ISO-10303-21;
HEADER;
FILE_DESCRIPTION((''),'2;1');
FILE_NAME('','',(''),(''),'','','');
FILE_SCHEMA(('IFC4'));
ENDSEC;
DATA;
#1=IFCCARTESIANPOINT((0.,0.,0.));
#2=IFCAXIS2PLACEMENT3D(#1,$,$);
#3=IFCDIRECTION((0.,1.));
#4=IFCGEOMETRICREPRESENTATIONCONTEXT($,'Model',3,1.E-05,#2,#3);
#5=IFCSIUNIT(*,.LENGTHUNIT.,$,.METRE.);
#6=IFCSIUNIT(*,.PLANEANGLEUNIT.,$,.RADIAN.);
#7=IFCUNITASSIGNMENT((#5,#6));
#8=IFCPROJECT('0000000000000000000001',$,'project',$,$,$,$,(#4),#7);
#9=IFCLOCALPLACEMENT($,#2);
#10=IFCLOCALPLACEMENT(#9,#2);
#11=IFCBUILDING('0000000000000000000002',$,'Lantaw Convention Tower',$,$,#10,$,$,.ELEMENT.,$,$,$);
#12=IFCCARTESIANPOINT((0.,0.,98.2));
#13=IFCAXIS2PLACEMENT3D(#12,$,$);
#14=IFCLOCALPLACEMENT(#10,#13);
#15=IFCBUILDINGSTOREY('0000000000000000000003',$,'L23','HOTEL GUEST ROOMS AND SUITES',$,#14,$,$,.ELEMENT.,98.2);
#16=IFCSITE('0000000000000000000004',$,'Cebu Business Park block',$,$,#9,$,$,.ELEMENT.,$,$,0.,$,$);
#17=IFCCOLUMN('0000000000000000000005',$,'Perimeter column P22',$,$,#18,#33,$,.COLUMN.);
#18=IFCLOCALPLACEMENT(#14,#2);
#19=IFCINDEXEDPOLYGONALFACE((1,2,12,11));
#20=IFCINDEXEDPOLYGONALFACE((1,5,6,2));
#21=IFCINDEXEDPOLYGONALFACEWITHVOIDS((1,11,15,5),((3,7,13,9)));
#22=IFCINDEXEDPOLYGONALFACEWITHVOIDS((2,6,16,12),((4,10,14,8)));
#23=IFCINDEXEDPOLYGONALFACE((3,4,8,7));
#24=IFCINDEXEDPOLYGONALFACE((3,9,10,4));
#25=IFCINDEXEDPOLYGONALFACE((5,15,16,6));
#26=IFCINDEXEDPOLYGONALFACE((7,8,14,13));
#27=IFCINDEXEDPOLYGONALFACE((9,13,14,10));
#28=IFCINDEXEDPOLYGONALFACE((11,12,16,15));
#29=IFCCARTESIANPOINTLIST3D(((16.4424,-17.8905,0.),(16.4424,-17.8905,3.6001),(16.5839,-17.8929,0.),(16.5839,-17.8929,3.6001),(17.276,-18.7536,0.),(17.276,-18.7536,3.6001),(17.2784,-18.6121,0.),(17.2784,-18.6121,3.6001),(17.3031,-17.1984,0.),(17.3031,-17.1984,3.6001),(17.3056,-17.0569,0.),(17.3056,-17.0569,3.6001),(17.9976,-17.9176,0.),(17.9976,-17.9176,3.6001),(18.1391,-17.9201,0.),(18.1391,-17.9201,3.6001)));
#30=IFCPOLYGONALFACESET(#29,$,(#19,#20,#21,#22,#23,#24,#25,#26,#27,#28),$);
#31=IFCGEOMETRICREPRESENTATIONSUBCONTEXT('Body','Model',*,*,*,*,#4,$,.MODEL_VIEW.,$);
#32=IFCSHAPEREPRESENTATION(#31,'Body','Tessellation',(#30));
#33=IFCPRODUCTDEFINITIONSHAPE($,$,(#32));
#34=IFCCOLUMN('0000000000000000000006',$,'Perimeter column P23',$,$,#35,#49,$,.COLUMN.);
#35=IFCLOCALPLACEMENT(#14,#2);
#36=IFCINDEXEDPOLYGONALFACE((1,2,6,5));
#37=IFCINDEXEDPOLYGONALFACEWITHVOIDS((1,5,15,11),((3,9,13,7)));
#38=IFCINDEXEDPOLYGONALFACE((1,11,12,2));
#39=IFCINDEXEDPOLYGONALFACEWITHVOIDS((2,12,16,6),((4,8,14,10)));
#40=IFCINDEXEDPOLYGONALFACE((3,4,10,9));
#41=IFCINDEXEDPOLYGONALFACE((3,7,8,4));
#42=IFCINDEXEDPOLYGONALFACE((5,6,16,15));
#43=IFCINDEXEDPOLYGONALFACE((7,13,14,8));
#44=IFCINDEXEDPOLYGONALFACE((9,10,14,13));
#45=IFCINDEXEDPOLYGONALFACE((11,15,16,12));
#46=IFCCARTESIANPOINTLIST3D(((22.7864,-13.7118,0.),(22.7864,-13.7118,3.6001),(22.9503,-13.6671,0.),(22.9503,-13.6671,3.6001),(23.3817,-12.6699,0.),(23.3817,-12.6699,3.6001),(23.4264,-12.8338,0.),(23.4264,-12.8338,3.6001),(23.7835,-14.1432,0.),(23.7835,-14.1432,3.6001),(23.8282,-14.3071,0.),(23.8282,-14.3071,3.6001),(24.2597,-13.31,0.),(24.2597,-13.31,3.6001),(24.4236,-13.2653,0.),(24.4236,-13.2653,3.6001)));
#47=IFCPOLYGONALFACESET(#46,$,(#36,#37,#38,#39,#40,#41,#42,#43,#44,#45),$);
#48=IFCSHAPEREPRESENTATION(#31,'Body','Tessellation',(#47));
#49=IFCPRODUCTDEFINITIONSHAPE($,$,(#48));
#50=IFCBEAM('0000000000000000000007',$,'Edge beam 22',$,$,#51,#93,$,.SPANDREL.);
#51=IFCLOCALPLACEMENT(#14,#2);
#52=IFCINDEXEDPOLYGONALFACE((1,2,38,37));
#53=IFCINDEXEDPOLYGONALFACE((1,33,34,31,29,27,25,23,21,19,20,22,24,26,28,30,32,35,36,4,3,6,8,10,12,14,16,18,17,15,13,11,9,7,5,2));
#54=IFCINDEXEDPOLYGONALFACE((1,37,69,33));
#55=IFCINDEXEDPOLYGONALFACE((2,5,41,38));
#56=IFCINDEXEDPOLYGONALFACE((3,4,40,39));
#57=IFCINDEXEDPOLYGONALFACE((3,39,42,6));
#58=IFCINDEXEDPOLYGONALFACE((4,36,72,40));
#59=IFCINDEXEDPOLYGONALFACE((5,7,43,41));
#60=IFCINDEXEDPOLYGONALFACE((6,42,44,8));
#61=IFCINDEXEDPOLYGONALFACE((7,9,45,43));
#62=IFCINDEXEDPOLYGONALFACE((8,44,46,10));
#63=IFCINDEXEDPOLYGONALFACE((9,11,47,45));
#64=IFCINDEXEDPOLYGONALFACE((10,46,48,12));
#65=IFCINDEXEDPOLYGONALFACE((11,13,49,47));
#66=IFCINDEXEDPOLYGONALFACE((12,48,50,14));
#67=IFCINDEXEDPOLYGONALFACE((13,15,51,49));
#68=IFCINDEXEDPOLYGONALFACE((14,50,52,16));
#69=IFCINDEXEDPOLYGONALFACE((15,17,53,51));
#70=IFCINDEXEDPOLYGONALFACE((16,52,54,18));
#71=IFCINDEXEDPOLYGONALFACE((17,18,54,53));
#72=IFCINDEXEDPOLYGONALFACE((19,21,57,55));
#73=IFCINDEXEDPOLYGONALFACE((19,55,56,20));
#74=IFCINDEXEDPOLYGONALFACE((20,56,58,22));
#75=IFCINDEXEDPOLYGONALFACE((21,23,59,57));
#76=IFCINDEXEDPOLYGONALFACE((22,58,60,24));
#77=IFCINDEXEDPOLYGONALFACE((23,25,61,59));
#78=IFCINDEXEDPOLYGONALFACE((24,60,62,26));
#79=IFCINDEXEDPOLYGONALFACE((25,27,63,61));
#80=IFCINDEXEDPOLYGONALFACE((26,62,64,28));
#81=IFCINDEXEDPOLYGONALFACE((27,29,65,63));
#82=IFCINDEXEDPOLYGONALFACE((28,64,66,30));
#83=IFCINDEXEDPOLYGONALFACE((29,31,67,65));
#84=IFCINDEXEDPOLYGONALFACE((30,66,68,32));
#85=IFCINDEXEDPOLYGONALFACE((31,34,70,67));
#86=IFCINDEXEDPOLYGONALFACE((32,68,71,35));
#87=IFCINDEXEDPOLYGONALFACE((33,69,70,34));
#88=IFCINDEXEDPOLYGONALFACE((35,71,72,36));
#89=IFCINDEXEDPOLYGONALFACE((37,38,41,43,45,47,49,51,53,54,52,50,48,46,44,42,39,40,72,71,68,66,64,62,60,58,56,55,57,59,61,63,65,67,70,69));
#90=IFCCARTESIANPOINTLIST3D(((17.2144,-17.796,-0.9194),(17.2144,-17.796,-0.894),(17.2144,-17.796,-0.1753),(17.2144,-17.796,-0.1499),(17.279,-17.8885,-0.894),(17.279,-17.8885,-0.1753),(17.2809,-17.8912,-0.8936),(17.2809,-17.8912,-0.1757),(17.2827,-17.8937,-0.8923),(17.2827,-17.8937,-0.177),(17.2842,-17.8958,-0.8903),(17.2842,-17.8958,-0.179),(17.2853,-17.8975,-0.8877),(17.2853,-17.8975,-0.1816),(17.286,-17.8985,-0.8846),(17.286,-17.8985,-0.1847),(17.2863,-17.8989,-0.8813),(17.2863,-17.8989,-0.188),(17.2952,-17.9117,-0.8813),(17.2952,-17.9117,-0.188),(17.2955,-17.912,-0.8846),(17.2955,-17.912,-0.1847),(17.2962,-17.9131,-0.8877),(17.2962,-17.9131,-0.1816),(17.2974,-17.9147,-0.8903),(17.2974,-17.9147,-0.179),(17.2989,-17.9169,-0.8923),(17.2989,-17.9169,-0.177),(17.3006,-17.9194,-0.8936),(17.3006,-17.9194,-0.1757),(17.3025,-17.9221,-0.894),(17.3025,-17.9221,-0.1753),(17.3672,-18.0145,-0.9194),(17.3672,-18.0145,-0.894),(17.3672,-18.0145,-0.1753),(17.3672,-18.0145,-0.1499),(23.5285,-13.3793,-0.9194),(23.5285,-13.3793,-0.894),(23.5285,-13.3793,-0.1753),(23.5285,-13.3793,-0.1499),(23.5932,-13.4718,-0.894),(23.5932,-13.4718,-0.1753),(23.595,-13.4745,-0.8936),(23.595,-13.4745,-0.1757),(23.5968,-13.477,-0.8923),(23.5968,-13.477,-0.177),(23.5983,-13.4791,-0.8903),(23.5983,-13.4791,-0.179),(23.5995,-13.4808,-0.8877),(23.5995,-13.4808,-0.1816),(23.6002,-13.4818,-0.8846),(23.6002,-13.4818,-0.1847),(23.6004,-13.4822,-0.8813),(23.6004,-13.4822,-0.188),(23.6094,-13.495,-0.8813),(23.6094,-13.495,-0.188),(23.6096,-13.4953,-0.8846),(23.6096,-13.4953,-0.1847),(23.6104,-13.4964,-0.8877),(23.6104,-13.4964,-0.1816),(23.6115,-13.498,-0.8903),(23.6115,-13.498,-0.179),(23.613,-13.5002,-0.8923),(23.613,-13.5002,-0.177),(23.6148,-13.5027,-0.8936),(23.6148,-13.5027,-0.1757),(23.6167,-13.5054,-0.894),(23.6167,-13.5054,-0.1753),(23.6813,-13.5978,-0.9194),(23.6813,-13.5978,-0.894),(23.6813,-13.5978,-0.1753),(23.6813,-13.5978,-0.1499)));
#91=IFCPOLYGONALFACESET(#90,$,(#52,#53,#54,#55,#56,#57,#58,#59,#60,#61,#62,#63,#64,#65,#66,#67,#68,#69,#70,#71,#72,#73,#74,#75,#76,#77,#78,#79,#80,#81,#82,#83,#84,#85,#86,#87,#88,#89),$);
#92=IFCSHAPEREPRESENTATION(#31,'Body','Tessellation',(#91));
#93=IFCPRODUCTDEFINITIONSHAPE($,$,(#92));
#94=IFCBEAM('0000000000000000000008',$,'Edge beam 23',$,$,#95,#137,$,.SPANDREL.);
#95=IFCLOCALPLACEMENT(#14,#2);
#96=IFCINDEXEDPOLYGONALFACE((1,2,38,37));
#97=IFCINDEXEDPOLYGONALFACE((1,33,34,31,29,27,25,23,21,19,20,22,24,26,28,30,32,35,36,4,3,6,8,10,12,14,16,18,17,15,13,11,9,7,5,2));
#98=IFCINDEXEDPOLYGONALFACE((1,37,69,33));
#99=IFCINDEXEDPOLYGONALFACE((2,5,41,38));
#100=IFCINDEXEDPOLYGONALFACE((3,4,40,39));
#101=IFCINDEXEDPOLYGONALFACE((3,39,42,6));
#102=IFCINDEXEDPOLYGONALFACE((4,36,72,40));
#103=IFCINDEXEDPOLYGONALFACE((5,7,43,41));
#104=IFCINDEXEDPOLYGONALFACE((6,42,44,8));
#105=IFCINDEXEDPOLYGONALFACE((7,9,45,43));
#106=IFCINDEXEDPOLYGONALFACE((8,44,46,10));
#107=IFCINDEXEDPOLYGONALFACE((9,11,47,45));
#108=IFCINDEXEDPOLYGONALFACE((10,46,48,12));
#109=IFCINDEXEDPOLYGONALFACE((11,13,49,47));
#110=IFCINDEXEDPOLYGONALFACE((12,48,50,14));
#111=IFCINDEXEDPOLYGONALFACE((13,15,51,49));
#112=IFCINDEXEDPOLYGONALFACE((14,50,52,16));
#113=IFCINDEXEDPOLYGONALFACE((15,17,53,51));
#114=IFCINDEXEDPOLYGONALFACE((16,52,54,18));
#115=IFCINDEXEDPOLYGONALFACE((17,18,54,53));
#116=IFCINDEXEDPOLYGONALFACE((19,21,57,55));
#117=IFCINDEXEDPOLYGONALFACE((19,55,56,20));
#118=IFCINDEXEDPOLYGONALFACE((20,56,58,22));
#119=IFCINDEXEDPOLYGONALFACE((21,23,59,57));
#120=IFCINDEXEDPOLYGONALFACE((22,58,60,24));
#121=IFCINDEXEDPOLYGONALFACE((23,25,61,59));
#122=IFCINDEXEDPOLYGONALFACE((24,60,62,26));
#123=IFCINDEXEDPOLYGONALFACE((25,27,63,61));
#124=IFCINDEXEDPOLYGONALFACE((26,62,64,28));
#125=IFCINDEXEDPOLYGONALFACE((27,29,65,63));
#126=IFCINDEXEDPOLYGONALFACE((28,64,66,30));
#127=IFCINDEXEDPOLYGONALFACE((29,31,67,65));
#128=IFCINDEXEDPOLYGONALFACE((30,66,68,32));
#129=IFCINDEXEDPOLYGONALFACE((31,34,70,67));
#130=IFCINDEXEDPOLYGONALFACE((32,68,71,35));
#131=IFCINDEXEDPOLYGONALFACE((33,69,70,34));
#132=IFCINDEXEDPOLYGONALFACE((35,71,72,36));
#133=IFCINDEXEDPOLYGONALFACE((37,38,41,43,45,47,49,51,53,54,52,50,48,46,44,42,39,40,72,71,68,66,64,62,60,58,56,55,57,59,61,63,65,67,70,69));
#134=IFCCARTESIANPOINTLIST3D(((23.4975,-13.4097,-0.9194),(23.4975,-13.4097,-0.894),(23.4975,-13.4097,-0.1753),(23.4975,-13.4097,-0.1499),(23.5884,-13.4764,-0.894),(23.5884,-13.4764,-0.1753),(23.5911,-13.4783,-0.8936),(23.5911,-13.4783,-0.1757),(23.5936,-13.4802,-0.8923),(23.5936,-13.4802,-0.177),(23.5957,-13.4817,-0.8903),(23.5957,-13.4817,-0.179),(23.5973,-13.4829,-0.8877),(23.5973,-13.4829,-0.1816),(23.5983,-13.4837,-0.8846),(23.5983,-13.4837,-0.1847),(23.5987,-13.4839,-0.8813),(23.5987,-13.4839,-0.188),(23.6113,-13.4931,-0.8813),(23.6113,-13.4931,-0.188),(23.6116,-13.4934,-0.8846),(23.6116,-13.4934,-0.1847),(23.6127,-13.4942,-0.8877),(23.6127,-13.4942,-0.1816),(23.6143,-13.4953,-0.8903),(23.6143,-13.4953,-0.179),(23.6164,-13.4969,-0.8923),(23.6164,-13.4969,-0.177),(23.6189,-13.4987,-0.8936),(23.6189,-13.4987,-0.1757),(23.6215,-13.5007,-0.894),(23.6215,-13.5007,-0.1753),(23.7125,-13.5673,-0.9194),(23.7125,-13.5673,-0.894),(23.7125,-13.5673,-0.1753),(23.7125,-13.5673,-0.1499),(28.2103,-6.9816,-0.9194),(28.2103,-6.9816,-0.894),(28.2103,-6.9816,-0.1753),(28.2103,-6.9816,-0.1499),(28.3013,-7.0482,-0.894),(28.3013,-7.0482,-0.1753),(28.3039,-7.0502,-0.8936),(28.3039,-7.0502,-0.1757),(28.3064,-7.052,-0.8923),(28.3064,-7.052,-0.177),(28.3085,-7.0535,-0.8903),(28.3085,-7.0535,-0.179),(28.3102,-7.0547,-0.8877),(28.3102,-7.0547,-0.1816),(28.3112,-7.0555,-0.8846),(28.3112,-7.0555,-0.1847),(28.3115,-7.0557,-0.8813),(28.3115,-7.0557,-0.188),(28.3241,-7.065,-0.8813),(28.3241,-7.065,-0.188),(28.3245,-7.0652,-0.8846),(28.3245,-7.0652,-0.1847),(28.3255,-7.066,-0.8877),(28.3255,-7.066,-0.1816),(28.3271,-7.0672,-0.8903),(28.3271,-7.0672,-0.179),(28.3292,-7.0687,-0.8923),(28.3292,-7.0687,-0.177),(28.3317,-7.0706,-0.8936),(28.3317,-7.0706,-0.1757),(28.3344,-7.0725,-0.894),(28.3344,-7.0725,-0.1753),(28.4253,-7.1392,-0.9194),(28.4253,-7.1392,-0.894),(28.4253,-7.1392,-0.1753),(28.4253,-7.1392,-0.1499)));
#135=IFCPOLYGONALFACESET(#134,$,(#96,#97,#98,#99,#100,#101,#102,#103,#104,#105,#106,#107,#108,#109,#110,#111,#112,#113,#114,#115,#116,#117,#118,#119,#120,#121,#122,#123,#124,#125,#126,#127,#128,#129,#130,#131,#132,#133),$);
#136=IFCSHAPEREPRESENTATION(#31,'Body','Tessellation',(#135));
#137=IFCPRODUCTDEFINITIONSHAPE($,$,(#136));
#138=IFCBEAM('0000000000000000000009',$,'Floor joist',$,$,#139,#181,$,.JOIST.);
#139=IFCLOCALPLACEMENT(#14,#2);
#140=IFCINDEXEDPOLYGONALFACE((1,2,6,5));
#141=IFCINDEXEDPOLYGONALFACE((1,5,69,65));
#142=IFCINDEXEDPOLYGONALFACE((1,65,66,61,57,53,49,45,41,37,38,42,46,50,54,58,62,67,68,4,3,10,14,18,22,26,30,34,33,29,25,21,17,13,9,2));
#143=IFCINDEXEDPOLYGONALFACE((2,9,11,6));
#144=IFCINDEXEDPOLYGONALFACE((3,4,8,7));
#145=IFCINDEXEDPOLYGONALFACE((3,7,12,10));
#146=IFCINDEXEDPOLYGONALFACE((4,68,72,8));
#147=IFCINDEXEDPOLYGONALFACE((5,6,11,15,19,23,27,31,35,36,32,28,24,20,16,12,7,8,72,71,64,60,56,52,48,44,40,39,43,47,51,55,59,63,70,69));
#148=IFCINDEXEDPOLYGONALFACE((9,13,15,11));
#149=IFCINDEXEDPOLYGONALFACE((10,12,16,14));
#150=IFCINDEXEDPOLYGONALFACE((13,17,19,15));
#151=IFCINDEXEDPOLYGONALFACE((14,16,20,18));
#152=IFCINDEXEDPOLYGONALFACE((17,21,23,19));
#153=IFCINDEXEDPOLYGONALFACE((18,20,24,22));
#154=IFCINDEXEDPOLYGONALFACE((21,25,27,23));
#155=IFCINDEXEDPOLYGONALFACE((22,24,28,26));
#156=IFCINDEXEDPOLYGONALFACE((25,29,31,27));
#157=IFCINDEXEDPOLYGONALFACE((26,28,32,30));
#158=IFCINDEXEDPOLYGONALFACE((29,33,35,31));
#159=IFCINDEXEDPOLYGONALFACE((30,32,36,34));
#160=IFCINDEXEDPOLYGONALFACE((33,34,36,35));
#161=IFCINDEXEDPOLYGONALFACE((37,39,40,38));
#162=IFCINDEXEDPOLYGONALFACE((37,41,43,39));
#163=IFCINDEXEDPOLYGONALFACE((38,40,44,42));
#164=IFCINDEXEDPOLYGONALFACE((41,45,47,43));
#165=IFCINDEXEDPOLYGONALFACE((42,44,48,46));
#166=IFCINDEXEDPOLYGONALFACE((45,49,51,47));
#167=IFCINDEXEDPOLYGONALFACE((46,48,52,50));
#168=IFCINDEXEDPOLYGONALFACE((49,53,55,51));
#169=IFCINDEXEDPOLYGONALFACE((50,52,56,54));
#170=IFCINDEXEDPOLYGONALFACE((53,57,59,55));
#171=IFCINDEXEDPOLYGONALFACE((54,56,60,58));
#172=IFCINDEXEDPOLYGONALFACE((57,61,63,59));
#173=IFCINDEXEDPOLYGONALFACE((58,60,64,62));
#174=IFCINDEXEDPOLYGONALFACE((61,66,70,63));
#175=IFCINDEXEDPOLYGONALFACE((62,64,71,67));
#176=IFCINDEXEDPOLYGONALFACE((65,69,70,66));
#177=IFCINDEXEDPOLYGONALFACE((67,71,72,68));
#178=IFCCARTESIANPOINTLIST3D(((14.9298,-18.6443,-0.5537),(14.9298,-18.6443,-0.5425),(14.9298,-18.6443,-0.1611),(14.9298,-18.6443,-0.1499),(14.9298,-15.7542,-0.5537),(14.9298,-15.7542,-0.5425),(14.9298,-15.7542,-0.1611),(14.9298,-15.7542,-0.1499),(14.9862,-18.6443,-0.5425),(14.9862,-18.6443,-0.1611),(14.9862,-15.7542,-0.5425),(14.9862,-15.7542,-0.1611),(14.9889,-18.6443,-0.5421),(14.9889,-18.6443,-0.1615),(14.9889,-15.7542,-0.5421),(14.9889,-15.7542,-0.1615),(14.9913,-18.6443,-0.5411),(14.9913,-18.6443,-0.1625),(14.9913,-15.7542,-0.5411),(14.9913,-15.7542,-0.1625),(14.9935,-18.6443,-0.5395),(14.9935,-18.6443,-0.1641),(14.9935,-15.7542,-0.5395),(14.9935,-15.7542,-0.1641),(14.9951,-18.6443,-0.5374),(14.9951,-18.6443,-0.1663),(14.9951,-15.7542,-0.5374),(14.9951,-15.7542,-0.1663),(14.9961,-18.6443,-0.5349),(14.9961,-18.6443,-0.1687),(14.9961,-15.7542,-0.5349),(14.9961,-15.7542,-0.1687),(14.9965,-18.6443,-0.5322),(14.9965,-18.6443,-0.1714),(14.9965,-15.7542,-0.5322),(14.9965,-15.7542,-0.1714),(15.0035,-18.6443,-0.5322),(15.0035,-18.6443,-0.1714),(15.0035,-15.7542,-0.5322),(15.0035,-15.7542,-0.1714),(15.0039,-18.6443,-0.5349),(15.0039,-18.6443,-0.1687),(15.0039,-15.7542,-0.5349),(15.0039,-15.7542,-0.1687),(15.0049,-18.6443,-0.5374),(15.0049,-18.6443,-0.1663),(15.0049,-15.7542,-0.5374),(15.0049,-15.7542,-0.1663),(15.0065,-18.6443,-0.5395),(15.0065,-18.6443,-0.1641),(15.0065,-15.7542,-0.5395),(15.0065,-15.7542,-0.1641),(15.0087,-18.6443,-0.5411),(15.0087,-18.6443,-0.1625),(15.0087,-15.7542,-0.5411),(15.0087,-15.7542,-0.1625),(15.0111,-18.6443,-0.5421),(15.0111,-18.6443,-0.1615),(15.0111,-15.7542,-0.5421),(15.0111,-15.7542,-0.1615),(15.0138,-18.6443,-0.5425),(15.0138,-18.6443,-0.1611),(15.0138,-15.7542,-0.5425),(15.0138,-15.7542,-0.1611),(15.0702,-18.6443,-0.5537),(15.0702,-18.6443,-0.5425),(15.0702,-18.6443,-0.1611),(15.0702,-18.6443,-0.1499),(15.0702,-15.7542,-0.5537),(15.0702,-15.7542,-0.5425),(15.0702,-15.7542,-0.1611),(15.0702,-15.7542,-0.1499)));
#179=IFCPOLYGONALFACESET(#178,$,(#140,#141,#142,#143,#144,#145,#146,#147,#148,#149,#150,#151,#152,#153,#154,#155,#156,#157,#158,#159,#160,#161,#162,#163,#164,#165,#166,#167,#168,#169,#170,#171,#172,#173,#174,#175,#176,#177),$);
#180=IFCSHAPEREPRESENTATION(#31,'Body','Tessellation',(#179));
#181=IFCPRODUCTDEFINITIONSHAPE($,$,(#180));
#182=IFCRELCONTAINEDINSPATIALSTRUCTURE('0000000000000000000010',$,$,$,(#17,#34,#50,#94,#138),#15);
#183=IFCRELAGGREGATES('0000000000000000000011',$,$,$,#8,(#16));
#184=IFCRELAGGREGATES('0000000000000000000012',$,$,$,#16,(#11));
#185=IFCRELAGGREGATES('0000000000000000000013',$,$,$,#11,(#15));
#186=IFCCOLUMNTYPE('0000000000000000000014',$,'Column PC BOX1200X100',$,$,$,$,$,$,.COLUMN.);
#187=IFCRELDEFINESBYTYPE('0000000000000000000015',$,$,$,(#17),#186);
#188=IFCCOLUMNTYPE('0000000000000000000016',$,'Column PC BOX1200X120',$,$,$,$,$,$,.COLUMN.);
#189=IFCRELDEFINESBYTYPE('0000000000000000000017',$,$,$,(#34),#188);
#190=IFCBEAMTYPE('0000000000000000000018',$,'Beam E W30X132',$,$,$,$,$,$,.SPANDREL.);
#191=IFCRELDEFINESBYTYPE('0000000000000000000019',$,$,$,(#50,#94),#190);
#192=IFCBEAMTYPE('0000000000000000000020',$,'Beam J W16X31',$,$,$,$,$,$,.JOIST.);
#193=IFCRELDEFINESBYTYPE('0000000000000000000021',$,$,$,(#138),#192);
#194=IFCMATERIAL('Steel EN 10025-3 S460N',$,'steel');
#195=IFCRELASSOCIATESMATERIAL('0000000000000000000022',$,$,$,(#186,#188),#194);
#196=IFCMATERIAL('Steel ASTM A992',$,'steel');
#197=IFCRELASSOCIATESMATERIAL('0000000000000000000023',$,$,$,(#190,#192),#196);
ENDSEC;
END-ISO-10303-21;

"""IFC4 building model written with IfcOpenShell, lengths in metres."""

from ifc_helpers import new_model, si_unit, direction, frame, origin, origin_2d, place, context, subcontext, project, spatial, rectangle, hollow_rectangle, i_section, extrude, material, material_profile, profile_set, type_object, element, save


model = new_model("IFC4")

# Units and contexts
model_context = context("Model", 3, precision=1e-05, world=origin(), true_north=direction((0.0, 1.0)))
body_context = subcontext(model_context, "Body", "Model", "MODEL_VIEW")
ifc_project = project(units=[si_unit("LENGTHUNIT", "METRE"), si_unit("PLANEANGLEUNIT", "RADIAN")], contexts=[model_context])

# Site, building, storey
site_placement = place(None, origin())
site = spatial("IfcSite", under=ifc_project, at=site_placement, Name="Cebu Business Park block", CompositionType="ELEMENT", RefElevation=0.0)
building_placement = place(site_placement, origin())
building = spatial("IfcBuilding", under=site, at=building_placement, Name="Lantaw Convention Tower", CompositionType="ELEMENT")
storey_placement = place(building_placement, frame((0.0, 0.0, 98.2)))
storey = spatial("IfcBuildingStorey", under=building, at=storey_placement, Name="L23", Description="HOTEL GUEST ROOMS AND SUITES", CompositionType="ELEMENT", Elevation=98.2)

# Columns
ifc_material_1 = material(Name="Steel EN 10025-3 S460N", Category="steel")
ifc_material_profile_1 = material_profile(ifc_material_1, hollow_rectangle(XDim=1.2, YDim=1.2, WallThickness=0.1001, at=origin_2d()), Name="BOX1200X100")
ifc_material_2 = material(Name="Concrete C60/75", Category="concrete")
ifc_material_profile_2 = material_profile(ifc_material_2, rectangle(XDim=1.0, YDim=1.0, at=origin_2d()), Name="Concrete fill of BOX1200X100")
ifc_profile_set_1 = profile_set([ifc_material_profile_1, ifc_material_profile_2], Name="Steel EN 10025-3 S460N")
column_type_1 = type_object("IfcColumnType", Name="Column PC BOX1200X100", PredefinedType="COLUMN", material=ifc_profile_set_1)
column_1_placement = place(storey_placement, frame((17.2908, -17.9053, 0.0), z_axis=(0.0, 0.0, 1.0), x_axis=(0.71934, 0.694658, 0.0)))
element("IfcColumn", 1, at=column_1_placement, inside=storey, type_object=column_type_1, Name="Perimeter column P22", PredefinedType="COLUMN", context=body_context, shape_type="SweptSolid", body=[
    extrude(hollow_rectangle(XDim=1.2, YDim=1.2, WallThickness=0.1001, at=origin_2d()), origin(), (0.0, 0.0, 1.0), 3.6001),
])
ifc_material_profile_3 = material_profile(ifc_material_1, hollow_rectangle(XDim=1.2, YDim=1.2, WallThickness=0.1201, at=origin_2d()), Name="BOX1200X120")
ifc_material_profile_4 = material_profile(ifc_material_2, rectangle(XDim=0.96, YDim=0.96, at=origin_2d()), Name="Concrete fill of BOX1200X120")
ifc_profile_set_2 = profile_set([ifc_material_profile_3, ifc_material_profile_4], Name="Steel EN 10025-3 S460N")
column_type_2 = type_object("IfcColumnType", Name="Column PC BOX1200X120", PredefinedType="COLUMN", material=ifc_profile_set_2)
column_2_placement = place(storey_placement, frame((23.605, -13.4885, 0.0), z_axis=(0.0, 0.0, 1.0), x_axis=(0.496139, 0.868243, 0.0)))
element("IfcColumn", 2, at=column_2_placement, inside=storey, type_object=column_type_2, Name="Perimeter column P23", PredefinedType="COLUMN", context=body_context, shape_type="SweptSolid", body=[
    extrude(hollow_rectangle(XDim=1.2, YDim=1.2, WallThickness=0.1201, at=origin_2d()), origin(), (0.0, 0.0, 1.0), 3.6001),
])

# Beams
ifc_material_3 = material(Name="Steel ASTM A992", Category="steel")
ifc_material_profile_5 = material_profile(ifc_material_3, i_section(OverallWidth=0.2666, OverallDepth=0.7695, WebThickness=0.0156, FlangeThickness=0.0254, FilletRadius=0.0127, at=origin_2d()), Name="W30X132")
ifc_profile_set_3 = profile_set([ifc_material_profile_5], Name="Steel ASTM A992")
beam_type_1 = type_object("IfcBeamType", Name="Beam E W30X132", PredefinedType="SPANDREL", material=ifc_profile_set_3)
beam_1_placement = place(storey_placement, frame((17.2908, -17.9053, -0.5347), z_axis=(0.819427, 0.573184, 0.0), x_axis=(-0.573184, 0.819427, 0.0)))
element("IfcBeam", 3, at=beam_1_placement, inside=storey, type_object=beam_type_1, Name="Edge beam 22", PredefinedType="SPANDREL", context=body_context, shape_type="SweptSolid", body=[
    extrude(i_section(OverallWidth=0.2666, OverallDepth=0.7695, WebThickness=0.0156, FlangeThickness=0.0254, FilletRadius=0.0127, at=origin_2d()), origin(), (0.0, 0.0, 1.0), 7.7056),
])
beam_2_placement = place(storey_placement, frame((23.605, -13.4885, -0.5347), z_axis=(0.591271, 0.806473, 0.0), x_axis=(-0.806473, 0.591271, 0.0)))
element("IfcBeam", 4, at=beam_2_placement, inside=storey, type_object=beam_type_1, Name="Edge beam 23", PredefinedType="SPANDREL", context=body_context, shape_type="SweptSolid", body=[
    extrude(i_section(OverallWidth=0.2666, OverallDepth=0.7695, WebThickness=0.0156, FlangeThickness=0.0254, FilletRadius=0.0127, at=origin_2d()), origin(), (0.0, 0.0, 1.0), 7.9707),
])
ifc_material_profile_6 = material_profile(ifc_material_3, i_section(OverallWidth=0.1404, OverallDepth=0.4038, WebThickness=0.0071, FlangeThickness=0.0112, FilletRadius=0.0103, at=origin_2d()), Name="W16X31")
ifc_profile_set_4 = profile_set([ifc_material_profile_6], Name="Steel ASTM A992")
beam_type_2 = type_object("IfcBeamType", Name="Beam J W16X31", PredefinedType="JOIST", material=ifc_profile_set_4)
beam_3_placement = place(storey_placement, frame((15.0, -18.6443, -0.3518), z_axis=(0.0, 1.0, 0.0), x_axis=(-1.0, 0.0, 0.0)))
element("IfcBeam", 5, at=beam_3_placement, inside=storey, type_object=beam_type_2, Name="Floor joist", PredefinedType="JOIST", context=body_context, shape_type="SweptSolid", body=[
    extrude(i_section(OverallWidth=0.1404, OverallDepth=0.4038, WebThickness=0.0071, FlangeThickness=0.0112, FilletRadius=0.0103, at=origin_2d()), origin(), (0.0, 0.0, 1.0), 2.8901),
])

save(model, "model.ifc")
